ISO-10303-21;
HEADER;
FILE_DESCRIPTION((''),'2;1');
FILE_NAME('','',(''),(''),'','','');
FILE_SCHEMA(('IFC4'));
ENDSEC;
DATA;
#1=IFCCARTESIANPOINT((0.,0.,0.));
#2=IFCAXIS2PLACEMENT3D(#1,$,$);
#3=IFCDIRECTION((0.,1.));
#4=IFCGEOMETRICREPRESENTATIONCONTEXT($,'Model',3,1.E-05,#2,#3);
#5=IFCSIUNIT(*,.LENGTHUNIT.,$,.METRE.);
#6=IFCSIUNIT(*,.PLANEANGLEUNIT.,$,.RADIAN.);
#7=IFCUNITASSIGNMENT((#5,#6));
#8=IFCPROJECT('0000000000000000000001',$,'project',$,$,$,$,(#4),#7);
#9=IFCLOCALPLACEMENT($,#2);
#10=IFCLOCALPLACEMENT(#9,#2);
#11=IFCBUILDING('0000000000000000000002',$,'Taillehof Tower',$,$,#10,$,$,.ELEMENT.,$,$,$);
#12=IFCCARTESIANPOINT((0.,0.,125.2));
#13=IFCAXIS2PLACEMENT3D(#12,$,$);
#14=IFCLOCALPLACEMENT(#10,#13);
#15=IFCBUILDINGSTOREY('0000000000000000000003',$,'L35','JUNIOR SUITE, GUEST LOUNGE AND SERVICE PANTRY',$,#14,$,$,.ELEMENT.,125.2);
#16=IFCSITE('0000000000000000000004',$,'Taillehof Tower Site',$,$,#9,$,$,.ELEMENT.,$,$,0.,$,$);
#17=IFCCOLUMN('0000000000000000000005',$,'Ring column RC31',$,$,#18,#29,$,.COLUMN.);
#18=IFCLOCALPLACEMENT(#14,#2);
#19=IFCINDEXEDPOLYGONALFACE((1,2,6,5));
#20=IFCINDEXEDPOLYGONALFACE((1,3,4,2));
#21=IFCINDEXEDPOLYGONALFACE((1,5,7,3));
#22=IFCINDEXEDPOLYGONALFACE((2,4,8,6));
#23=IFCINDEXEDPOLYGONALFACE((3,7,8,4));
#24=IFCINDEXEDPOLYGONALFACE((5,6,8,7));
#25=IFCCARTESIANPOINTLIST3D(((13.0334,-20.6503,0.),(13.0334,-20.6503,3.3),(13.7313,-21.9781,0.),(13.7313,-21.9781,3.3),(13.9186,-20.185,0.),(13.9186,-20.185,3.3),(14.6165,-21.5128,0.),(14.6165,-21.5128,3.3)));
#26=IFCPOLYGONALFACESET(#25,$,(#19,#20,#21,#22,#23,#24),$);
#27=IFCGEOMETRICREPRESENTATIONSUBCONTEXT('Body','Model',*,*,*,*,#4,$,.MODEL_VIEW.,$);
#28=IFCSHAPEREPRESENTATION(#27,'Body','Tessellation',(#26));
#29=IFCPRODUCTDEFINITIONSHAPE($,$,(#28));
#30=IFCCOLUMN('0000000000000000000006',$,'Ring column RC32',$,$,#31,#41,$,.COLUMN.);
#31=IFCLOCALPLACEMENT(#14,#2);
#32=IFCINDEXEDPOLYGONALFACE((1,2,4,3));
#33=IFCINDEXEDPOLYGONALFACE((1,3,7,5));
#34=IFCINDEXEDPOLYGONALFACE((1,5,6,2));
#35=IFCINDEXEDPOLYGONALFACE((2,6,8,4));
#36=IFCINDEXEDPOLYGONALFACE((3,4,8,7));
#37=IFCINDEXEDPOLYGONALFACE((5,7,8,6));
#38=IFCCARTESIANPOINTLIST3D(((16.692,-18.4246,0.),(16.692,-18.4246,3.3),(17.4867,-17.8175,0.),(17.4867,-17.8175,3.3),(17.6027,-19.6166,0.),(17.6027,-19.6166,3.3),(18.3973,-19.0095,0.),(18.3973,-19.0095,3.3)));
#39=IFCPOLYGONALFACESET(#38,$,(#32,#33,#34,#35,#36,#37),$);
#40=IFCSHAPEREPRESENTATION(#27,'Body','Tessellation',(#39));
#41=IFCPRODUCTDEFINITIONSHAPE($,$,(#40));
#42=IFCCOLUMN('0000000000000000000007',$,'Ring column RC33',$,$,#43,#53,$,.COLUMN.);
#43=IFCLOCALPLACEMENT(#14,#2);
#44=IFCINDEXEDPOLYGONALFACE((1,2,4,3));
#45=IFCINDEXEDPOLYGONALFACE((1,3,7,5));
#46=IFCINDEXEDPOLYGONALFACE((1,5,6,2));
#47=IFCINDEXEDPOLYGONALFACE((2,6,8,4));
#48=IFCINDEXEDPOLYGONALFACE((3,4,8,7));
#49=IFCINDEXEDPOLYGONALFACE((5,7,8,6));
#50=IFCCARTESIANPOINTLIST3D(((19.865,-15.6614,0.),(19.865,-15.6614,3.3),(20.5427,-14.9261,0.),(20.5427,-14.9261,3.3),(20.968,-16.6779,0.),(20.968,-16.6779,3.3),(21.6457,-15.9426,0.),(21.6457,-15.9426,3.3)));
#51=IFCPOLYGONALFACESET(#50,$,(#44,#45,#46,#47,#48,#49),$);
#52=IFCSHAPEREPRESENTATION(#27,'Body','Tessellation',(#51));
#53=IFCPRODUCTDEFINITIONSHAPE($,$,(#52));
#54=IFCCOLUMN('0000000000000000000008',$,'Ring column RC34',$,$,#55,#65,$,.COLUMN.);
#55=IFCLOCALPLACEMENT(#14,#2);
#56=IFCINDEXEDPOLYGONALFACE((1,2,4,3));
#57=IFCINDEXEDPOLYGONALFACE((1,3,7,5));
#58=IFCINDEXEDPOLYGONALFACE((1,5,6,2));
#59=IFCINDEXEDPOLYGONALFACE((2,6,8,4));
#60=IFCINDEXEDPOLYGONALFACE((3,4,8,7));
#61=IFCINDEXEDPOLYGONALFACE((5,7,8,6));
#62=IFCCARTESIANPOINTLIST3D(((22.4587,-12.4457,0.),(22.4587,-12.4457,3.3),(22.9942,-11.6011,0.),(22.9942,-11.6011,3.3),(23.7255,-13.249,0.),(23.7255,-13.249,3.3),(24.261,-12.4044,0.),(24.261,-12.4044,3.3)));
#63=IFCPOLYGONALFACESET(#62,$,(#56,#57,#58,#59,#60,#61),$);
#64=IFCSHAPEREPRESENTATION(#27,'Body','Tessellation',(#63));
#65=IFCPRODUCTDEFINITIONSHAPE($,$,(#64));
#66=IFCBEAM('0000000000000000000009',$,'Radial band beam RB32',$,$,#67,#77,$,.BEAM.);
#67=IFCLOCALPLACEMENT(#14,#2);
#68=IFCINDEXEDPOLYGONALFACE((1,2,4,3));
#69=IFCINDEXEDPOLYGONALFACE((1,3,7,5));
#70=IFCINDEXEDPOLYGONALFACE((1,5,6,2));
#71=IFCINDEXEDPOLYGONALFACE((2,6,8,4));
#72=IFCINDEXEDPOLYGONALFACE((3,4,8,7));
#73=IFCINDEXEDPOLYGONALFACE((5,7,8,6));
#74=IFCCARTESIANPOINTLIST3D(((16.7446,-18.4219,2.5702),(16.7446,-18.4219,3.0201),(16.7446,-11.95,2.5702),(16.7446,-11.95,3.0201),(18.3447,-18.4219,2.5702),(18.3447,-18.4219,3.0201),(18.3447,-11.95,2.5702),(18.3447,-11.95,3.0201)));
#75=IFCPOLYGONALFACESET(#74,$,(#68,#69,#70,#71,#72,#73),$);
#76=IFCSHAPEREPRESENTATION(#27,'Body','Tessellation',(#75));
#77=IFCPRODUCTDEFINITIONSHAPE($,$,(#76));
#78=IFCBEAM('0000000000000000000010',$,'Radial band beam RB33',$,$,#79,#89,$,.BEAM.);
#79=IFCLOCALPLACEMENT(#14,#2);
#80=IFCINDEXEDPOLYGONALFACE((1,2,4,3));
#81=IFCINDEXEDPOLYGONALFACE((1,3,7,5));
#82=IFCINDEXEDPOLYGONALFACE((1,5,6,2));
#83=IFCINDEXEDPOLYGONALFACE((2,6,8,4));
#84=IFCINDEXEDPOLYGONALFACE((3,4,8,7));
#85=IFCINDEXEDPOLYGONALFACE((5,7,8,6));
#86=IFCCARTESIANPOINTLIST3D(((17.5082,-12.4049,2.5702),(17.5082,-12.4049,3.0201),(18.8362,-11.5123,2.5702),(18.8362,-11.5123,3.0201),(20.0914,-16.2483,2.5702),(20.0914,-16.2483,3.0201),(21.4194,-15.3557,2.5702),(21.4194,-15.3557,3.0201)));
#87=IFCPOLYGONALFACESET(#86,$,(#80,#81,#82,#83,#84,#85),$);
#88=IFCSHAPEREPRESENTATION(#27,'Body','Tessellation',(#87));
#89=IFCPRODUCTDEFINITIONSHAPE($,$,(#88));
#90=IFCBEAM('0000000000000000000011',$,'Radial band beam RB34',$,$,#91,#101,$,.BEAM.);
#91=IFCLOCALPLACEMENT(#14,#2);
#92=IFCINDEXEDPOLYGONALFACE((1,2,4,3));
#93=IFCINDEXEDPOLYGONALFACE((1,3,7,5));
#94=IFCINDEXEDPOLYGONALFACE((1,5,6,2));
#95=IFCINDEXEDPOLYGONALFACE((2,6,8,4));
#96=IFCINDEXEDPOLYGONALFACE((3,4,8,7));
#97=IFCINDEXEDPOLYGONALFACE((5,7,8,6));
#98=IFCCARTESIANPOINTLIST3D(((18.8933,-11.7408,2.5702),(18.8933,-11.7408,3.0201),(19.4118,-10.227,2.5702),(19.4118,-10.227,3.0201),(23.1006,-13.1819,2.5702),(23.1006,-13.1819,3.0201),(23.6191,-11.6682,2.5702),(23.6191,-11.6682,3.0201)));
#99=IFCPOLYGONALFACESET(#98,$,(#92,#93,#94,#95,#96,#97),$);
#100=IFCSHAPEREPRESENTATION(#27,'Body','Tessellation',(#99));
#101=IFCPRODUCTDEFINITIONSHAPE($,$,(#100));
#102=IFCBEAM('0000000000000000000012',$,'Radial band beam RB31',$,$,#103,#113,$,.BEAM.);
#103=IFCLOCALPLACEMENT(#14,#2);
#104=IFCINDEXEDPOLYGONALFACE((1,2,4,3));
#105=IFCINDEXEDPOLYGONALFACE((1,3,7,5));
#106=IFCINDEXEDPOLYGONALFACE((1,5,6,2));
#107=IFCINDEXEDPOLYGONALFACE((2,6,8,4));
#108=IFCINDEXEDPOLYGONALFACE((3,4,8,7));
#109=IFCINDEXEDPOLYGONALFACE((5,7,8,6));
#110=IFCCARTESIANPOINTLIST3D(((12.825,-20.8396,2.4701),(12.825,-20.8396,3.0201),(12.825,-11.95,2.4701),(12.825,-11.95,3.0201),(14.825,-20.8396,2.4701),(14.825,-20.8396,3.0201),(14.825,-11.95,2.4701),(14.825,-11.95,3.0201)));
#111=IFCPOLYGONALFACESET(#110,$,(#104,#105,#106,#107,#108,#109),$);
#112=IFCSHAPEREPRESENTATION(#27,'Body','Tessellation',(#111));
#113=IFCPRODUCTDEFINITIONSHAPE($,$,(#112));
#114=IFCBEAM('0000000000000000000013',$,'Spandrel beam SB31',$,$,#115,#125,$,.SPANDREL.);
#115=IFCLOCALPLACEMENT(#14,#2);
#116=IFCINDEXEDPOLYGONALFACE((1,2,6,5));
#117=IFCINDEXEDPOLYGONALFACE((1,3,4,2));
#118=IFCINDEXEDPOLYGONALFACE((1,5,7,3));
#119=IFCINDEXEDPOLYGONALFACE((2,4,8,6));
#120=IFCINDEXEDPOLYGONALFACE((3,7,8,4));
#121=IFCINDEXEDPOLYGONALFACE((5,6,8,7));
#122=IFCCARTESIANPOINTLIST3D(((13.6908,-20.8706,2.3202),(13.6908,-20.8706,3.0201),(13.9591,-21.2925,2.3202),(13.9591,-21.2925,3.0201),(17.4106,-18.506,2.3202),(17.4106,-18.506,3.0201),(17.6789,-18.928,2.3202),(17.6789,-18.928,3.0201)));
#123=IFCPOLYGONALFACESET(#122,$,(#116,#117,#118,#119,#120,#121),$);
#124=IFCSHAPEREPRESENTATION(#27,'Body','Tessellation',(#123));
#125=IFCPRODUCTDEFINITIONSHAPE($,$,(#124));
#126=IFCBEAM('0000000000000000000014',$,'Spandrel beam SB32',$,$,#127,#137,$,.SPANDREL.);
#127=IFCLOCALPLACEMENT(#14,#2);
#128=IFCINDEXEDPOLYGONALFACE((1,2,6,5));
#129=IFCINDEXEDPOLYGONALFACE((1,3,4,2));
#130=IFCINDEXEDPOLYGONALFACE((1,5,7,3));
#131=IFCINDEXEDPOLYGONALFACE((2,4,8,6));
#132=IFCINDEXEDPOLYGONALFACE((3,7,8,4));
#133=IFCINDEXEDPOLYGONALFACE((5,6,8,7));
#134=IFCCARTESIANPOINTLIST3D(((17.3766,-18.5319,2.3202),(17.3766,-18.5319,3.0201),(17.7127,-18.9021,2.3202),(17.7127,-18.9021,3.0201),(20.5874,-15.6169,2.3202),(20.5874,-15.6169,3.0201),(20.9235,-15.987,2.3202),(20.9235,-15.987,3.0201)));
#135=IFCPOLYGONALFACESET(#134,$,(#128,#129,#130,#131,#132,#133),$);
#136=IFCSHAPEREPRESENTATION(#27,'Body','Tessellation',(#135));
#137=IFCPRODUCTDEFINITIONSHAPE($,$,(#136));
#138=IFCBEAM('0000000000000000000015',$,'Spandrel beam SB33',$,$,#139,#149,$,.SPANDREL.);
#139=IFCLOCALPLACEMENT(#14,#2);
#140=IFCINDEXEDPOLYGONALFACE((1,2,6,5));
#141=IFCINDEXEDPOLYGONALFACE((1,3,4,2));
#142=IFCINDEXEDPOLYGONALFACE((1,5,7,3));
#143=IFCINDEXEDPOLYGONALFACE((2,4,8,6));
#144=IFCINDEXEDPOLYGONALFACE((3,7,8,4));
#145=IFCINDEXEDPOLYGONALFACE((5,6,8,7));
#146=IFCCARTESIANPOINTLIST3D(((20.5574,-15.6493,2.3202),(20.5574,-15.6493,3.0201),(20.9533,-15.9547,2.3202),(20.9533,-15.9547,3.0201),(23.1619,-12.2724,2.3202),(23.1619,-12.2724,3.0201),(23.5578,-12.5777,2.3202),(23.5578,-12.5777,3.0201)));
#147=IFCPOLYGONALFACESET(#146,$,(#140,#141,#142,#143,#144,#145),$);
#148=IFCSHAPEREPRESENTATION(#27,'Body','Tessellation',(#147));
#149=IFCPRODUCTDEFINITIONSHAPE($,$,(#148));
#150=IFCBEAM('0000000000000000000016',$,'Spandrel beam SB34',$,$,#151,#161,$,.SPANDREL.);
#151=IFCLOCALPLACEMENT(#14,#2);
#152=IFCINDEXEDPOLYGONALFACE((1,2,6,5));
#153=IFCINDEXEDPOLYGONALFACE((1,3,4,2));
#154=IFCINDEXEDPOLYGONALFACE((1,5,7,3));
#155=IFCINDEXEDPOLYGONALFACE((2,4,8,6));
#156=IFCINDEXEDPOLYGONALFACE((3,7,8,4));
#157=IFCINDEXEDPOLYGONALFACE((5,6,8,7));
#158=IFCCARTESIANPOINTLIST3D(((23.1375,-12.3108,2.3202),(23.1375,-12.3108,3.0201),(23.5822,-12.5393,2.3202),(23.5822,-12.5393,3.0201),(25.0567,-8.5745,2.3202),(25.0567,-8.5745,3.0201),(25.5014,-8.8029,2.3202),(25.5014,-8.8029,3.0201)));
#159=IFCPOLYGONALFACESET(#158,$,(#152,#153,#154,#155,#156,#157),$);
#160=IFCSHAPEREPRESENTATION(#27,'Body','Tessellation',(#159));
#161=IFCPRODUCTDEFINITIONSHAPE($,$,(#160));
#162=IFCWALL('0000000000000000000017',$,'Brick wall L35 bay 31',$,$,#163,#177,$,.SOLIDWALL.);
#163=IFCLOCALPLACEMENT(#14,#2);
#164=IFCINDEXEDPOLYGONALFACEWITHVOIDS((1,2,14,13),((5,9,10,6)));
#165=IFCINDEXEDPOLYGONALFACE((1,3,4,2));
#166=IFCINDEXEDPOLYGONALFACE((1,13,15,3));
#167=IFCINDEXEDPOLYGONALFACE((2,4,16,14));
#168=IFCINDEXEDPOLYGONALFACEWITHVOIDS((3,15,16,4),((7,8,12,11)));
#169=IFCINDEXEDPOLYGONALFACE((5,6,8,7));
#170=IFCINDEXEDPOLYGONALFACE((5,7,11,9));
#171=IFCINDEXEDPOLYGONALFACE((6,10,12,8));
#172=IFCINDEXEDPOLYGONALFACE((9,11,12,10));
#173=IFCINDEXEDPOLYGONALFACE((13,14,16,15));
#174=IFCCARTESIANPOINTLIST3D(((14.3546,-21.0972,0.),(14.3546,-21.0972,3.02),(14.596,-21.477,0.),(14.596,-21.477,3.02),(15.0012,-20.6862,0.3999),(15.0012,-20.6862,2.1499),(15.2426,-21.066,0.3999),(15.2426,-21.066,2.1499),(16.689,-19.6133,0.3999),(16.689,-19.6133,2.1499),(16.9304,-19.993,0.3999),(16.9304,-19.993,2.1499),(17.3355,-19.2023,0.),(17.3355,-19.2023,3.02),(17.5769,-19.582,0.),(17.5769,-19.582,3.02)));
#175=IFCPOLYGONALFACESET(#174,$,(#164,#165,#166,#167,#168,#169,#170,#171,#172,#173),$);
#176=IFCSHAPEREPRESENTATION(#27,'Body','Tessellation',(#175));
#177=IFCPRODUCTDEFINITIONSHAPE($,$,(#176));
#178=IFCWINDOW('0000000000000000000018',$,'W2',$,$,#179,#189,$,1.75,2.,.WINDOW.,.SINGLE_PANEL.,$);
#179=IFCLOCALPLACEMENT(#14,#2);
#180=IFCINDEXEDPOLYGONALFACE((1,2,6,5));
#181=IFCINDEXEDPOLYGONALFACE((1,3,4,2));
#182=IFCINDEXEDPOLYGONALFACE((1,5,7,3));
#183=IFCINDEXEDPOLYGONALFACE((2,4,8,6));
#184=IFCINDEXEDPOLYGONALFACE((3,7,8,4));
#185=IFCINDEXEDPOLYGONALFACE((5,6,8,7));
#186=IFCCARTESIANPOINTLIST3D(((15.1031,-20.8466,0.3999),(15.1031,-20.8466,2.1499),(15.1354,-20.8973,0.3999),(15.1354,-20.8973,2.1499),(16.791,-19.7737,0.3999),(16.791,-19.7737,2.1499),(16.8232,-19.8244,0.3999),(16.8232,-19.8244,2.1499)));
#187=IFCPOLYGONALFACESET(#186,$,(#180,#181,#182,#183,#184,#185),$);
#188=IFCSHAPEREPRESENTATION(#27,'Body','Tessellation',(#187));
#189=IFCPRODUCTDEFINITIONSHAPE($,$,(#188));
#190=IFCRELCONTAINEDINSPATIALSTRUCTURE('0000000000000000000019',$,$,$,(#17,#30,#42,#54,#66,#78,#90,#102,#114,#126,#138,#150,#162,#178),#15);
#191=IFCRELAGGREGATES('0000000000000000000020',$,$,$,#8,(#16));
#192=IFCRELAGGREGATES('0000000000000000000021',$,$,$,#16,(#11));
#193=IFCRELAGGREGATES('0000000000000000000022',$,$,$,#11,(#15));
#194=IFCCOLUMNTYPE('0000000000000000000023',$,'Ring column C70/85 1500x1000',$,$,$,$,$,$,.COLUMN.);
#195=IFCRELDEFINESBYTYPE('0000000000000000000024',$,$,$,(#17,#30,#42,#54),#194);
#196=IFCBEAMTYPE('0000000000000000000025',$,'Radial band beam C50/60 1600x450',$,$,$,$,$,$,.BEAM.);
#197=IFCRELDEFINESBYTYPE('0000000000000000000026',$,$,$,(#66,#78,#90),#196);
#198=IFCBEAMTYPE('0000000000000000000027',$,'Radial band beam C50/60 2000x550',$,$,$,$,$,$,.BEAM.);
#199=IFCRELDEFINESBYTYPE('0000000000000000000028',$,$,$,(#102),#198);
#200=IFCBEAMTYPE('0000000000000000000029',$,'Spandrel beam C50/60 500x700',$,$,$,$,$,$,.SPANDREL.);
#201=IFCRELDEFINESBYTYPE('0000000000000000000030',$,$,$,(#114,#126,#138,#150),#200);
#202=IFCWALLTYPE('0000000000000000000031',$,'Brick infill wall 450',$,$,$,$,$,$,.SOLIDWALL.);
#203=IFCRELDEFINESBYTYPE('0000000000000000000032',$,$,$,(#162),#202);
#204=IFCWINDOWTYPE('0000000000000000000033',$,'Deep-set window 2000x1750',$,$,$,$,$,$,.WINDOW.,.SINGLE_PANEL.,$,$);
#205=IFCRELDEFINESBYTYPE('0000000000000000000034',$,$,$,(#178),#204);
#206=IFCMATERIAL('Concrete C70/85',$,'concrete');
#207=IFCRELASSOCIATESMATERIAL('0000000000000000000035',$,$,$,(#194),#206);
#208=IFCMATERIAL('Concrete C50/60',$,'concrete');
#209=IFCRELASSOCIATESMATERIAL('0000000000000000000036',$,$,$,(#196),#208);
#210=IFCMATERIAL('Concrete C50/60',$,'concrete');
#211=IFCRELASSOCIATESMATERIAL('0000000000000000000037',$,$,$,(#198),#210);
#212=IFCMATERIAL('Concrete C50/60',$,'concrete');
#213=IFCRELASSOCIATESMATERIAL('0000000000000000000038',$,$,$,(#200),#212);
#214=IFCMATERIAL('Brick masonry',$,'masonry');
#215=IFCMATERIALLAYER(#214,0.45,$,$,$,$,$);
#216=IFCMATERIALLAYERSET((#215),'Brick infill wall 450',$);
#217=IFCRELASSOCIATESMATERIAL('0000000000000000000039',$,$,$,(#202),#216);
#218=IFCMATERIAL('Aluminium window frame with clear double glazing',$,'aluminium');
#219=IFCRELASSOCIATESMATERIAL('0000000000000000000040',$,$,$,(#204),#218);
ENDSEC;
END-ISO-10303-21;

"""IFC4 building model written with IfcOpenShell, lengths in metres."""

from ifc_helpers import new_model, si_unit, direction, frame, frame_2d, origin, origin_2d, place, context, subcontext, project, spatial, rectangle, extrude, material, layer, layer_set, material_profile, profile_set, type_object, element, fill, save


model = new_model("IFC4")

# Units and contexts
model_context = context("Model", 3, precision=1e-05, world=origin(), true_north=direction((0.0, 1.0)))
body_context = subcontext(model_context, "Body", "Model", "MODEL_VIEW")
ifc_project = project(units=[si_unit("LENGTHUNIT", "METRE"), si_unit("PLANEANGLEUNIT", "RADIAN")], contexts=[model_context])

# Site, building, storey
site_placement = place(None, origin())
site = spatial("IfcSite", under=ifc_project, at=site_placement, Name="Taillehof Tower Site", CompositionType="ELEMENT", RefElevation=0.0)
building_placement = place(site_placement, origin())
building = spatial("IfcBuilding", under=site, at=building_placement, Name="Taillehof Tower", CompositionType="ELEMENT")
storey_placement = place(building_placement, frame((0.0, 0.0, 125.2)))
storey = spatial("IfcBuildingStorey", under=building, at=storey_placement, Name="L35", Description="JUNIOR SUITE, GUEST LOUNGE AND SERVICE PANTRY", CompositionType="ELEMENT", Elevation=125.2)

# Columns
ifc_material_1 = material(Name="Concrete C70/85", Category="concrete")
ifc_material_profile_1 = material_profile(ifc_material_1, rectangle(XDim=1.5, YDim=1.0, at=origin_2d()), Name="RC 1500x1000")
ifc_profile_set_1 = profile_set([ifc_material_profile_1], Name="Concrete C70/85")
column_type = type_object("IfcColumnType", Name="Ring column C70/85 1500x1000", PredefinedType="COLUMN", material=ifc_profile_set_1)
for number, where, z_axis, x_axis, name in (
    (1, (13.825, -21.0815, 0.0), (0.0, 0.0, 1.0), (0.465283, -0.885162, 0.0), "Ring column RC31"),
    (2, (17.5447, -18.717, 0.0), (0.0, 0.0, 1.0), (0.607074, -0.794645, 0.0), "Ring column RC32"),
    (3, (20.7554, -15.802, 0.0), (0.0, 0.0, 1.0), (0.735332, -0.677707, 0.0), "Ring column RC33"),
    (4, (23.3599, -12.425, 0.0), (0.0, 0.0, 1.0), (0.844511, -0.535537, 0.0), "Ring column RC34"),
):
    element("IfcColumn", number, at=place(storey_placement, frame(where, z_axis=z_axis, x_axis=x_axis)), inside=storey, type_object=column_type, Name=name, PredefinedType="COLUMN", context=body_context, shape_type="SweptSolid", body=[
        extrude(rectangle(XDim=1.5, YDim=1.0, at=origin_2d()), origin(), (0.0, 0.0, 1.0), 3.3),
    ])

# Beams
ifc_material_2 = material(Name="Concrete C50/60", Category="concrete")
ifc_material_profile_2 = material_profile(ifc_material_2, rectangle(XDim=1.6001, YDim=0.45, at=origin_2d()), Name="RC 1600x450")
ifc_profile_set_2 = profile_set([ifc_material_profile_2], Name="Concrete C50/60")
beam_type_1 = type_object("IfcBeamType", Name="Radial band beam C50/60 1600x450", PredefinedType="BEAM", material=ifc_profile_set_2)
beam_1_placement = place(storey_placement, frame((17.5447, -18.4219, 2.7952), z_axis=(0.0, 1.0, 0.0), x_axis=(-1.0, 0.0, 0.0)))
element("IfcBeam", 5, at=beam_1_placement, inside=storey, type_object=beam_type_1, Name="Radial band beam RB32", PredefinedType="BEAM", context=body_context, shape_type="SweptSolid", body=[
    extrude(rectangle(XDim=1.6001, YDim=0.45, at=origin_2d()), origin(), (0.0, 0.0, 1.0), 6.4719),
])
beam_2_placement = place(storey_placement, frame((20.7554, -15.802, 2.7952), z_axis=(-0.557823, 0.82996, 0.0), x_axis=(-0.82996, -0.557823, 0.0)))
element("IfcBeam", 6, at=beam_2_placement, inside=storey, type_object=beam_type_1, Name="Radial band beam RB33", PredefinedType="BEAM", context=body_context, shape_type="SweptSolid", body=[
    extrude(rectangle(XDim=1.6001, YDim=0.45, at=origin_2d()), origin(), (0.0, 0.0, 1.0), 4.6309),
])
beam_3_placement = place(storey_placement, frame((23.3599, -12.425, 2.7952), z_axis=(-0.946038, 0.324056, 0.0), x_axis=(-0.324056, -0.946038, 0.0)))
element("IfcBeam", 7, at=beam_3_placement, inside=storey, type_object=beam_type_1, Name="Radial band beam RB34", PredefinedType="BEAM", context=body_context, shape_type="SweptSolid", body=[
    extrude(rectangle(XDim=1.6001, YDim=0.45, at=origin_2d()), origin(), (0.0, 0.0, 1.0), 4.4473),
])
ifc_material_3 = material(Name="Concrete C50/60", Category="concrete")
ifc_material_profile_3 = material_profile(ifc_material_3, rectangle(XDim=2.0, YDim=0.55, at=origin_2d()), Name="RC 2000x550")
ifc_profile_set_3 = profile_set([ifc_material_profile_3], Name="Concrete C50/60")
beam_type_2 = type_object("IfcBeamType", Name="Radial band beam C50/60 2000x550", PredefinedType="BEAM", material=ifc_profile_set_3)
beam_4_placement = place(storey_placement, frame((13.825, -20.8396, 2.7451), z_axis=(0.0, 1.0, 0.0), x_axis=(-1.0, 0.0, 0.0)))
element("IfcBeam", 8, at=beam_4_placement, inside=storey, type_object=beam_type_2, Name="Radial band beam RB31", PredefinedType="BEAM", context=body_context, shape_type="SweptSolid", body=[
    extrude(rectangle(XDim=2.0, YDim=0.55, at=origin_2d()), origin(), (0.0, 0.0, 1.0), 8.8896),
])
ifc_material_4 = material(Name="Concrete C50/60", Category="concrete")
ifc_material_profile_4 = material_profile(ifc_material_4, rectangle(XDim=0.5, YDim=0.7, at=origin_2d()), Name="RC 500x700")
ifc_profile_set_4 = profile_set([ifc_material_profile_4], Name="Concrete C50/60")
beam_type_3 = type_object("IfcBeamType", Name="Spandrel beam C50/60 500x700", PredefinedType="SPANDREL", material=ifc_profile_set_4)
beam_5_placement = place(storey_placement, frame((13.825, -21.0815, 2.6702), z_axis=(0.843928, 0.536456, 0.0), x_axis=(-0.536456, 0.843928, 0.0)))
element("IfcBeam", 9, at=beam_5_placement, inside=storey, type_object=beam_type_3, Name="Spandrel beam SB31", PredefinedType="SPANDREL", context=body_context, shape_type="SweptSolid", body=[
    extrude(rectangle(XDim=0.5, YDim=0.7, at=origin_2d()), origin(), (0.0, 0.0, 1.0), 4.4077),
])
beam_6_placement = place(storey_placement, frame((17.5447, -18.717, 2.6702), z_axis=(0.740373, 0.672196, 0.0), x_axis=(-0.672196, 0.740373, 0.0)))
element("IfcBeam", 10, at=beam_6_placement, inside=storey, type_object=beam_type_3, Name="Spandrel beam SB32", PredefinedType="SPANDREL", context=body_context, shape_type="SweptSolid", body=[
    extrude(rectangle(XDim=0.5, YDim=0.7, at=origin_2d()), origin(), (0.0, 0.0, 1.0), 4.3367),
])
beam_7_placement = place(storey_placement, frame((20.7554, -15.802, 2.6702), z_axis=(0.610717, 0.791849, 0.0), x_axis=(-0.791849, 0.610717, 0.0)))
element("IfcBeam", 11, at=beam_7_placement, inside=storey, type_object=beam_type_3, Name="Spandrel beam SB33", PredefinedType="SPANDREL", context=body_context, shape_type="SweptSolid", body=[
    extrude(rectangle(XDim=0.5, YDim=0.7, at=origin_2d()), origin(), (0.0, 0.0, 1.0), 4.2646),
])
beam_8_placement = place(storey_placement, frame((23.3599, -12.425, 2.6702), z_axis=(0.456905, 0.889515, 0.0), x_axis=(-0.889515, 0.456905, 0.0)))
element("IfcBeam", 12, at=beam_8_placement, inside=storey, type_object=beam_type_3, Name="Spandrel beam SB34", PredefinedType="SPANDREL", context=body_context, shape_type="SweptSolid", body=[
    extrude(rectangle(XDim=0.5, YDim=0.7, at=origin_2d()), origin(), (0.0, 0.0, 1.0), 4.2004),
])

# Wall, opening, window
ifc_material_5 = material(Name="Brick masonry", Category="masonry")
ifc_layer_1 = layer(ifc_material_5, 0.45)
ifc_layer_set_1 = layer_set([ifc_layer_1], Name="Brick infill wall 450")
wall_type_1 = type_object("IfcWallType", Name="Brick infill wall 450", PredefinedType="SOLIDWALL", material=ifc_layer_set_1)
wall_1_placement = place(storey_placement, frame((14.4753, -21.2871, 0.0), z_axis=(0.0, 0.0, 1.0), x_axis=(0.843912, 0.536482, 0.0)))
wall_1 = element("IfcWall", 13, at=wall_1_placement, inside=storey, type_object=wall_type_1, Name="Brick wall L35 bay 31", PredefinedType="SOLIDWALL", context=body_context, shape_type="SweptSolid", body=[
    extrude(rectangle(XDim=3.5322, YDim=0.45, at=frame_2d((1.7661, 0.0))), origin(), (0.0, 0.0, 1.0), 3.02),
])
opening_1_placement = place(wall_1_placement, frame((0.7661, 0.0, 0.3999)))
opening_1 = element("IfcOpeningElement", 14, at=opening_1_placement, cuts=wall_1, PredefinedType="OPENING", context=body_context, shape_type="SweptSolid", body=[
    extrude(rectangle(XDim=2.0, YDim=1.75, at=frame_2d((1.0, 0.875))), frame((0.0, 0.2349, 0.0), z_axis=(0.0, -1.0, 0.0), x_axis=(1.0, 0.0, 0.0)), (0.0, 0.0, 1.0), 0.47),
])
ifc_material_6 = material(Name="Aluminium window frame with clear double glazing", Category="aluminium")
window_type_1 = type_object("IfcWindowType", Name="Deep-set window 2000x1750", PartitioningType="SINGLE_PANEL", PredefinedType="WINDOW", material=ifc_material_6)
window_1_placement = place(opening_1_placement, origin())
window_1 = element("IfcWindow", 15, at=window_1_placement, inside=storey, type_object=window_type_1, Name="W2", OverallHeight=1.75, OverallWidth=2.0, PartitioningType="SINGLE_PANEL", PredefinedType="WINDOW", context=body_context, shape_type="SweptSolid", body=[
    extrude(rectangle(XDim=2.0, YDim=1.75, at=frame_2d((1.0, 0.875))), frame((0.0, 0.0349, 0.0), z_axis=(0.0, -1.0, 0.0), x_axis=(1.0, 0.0, 0.0)), (0.0, 0.0, 1.0), 0.0601),
])
fill(opening_1, window_1)

save(model, "model.ifc")
